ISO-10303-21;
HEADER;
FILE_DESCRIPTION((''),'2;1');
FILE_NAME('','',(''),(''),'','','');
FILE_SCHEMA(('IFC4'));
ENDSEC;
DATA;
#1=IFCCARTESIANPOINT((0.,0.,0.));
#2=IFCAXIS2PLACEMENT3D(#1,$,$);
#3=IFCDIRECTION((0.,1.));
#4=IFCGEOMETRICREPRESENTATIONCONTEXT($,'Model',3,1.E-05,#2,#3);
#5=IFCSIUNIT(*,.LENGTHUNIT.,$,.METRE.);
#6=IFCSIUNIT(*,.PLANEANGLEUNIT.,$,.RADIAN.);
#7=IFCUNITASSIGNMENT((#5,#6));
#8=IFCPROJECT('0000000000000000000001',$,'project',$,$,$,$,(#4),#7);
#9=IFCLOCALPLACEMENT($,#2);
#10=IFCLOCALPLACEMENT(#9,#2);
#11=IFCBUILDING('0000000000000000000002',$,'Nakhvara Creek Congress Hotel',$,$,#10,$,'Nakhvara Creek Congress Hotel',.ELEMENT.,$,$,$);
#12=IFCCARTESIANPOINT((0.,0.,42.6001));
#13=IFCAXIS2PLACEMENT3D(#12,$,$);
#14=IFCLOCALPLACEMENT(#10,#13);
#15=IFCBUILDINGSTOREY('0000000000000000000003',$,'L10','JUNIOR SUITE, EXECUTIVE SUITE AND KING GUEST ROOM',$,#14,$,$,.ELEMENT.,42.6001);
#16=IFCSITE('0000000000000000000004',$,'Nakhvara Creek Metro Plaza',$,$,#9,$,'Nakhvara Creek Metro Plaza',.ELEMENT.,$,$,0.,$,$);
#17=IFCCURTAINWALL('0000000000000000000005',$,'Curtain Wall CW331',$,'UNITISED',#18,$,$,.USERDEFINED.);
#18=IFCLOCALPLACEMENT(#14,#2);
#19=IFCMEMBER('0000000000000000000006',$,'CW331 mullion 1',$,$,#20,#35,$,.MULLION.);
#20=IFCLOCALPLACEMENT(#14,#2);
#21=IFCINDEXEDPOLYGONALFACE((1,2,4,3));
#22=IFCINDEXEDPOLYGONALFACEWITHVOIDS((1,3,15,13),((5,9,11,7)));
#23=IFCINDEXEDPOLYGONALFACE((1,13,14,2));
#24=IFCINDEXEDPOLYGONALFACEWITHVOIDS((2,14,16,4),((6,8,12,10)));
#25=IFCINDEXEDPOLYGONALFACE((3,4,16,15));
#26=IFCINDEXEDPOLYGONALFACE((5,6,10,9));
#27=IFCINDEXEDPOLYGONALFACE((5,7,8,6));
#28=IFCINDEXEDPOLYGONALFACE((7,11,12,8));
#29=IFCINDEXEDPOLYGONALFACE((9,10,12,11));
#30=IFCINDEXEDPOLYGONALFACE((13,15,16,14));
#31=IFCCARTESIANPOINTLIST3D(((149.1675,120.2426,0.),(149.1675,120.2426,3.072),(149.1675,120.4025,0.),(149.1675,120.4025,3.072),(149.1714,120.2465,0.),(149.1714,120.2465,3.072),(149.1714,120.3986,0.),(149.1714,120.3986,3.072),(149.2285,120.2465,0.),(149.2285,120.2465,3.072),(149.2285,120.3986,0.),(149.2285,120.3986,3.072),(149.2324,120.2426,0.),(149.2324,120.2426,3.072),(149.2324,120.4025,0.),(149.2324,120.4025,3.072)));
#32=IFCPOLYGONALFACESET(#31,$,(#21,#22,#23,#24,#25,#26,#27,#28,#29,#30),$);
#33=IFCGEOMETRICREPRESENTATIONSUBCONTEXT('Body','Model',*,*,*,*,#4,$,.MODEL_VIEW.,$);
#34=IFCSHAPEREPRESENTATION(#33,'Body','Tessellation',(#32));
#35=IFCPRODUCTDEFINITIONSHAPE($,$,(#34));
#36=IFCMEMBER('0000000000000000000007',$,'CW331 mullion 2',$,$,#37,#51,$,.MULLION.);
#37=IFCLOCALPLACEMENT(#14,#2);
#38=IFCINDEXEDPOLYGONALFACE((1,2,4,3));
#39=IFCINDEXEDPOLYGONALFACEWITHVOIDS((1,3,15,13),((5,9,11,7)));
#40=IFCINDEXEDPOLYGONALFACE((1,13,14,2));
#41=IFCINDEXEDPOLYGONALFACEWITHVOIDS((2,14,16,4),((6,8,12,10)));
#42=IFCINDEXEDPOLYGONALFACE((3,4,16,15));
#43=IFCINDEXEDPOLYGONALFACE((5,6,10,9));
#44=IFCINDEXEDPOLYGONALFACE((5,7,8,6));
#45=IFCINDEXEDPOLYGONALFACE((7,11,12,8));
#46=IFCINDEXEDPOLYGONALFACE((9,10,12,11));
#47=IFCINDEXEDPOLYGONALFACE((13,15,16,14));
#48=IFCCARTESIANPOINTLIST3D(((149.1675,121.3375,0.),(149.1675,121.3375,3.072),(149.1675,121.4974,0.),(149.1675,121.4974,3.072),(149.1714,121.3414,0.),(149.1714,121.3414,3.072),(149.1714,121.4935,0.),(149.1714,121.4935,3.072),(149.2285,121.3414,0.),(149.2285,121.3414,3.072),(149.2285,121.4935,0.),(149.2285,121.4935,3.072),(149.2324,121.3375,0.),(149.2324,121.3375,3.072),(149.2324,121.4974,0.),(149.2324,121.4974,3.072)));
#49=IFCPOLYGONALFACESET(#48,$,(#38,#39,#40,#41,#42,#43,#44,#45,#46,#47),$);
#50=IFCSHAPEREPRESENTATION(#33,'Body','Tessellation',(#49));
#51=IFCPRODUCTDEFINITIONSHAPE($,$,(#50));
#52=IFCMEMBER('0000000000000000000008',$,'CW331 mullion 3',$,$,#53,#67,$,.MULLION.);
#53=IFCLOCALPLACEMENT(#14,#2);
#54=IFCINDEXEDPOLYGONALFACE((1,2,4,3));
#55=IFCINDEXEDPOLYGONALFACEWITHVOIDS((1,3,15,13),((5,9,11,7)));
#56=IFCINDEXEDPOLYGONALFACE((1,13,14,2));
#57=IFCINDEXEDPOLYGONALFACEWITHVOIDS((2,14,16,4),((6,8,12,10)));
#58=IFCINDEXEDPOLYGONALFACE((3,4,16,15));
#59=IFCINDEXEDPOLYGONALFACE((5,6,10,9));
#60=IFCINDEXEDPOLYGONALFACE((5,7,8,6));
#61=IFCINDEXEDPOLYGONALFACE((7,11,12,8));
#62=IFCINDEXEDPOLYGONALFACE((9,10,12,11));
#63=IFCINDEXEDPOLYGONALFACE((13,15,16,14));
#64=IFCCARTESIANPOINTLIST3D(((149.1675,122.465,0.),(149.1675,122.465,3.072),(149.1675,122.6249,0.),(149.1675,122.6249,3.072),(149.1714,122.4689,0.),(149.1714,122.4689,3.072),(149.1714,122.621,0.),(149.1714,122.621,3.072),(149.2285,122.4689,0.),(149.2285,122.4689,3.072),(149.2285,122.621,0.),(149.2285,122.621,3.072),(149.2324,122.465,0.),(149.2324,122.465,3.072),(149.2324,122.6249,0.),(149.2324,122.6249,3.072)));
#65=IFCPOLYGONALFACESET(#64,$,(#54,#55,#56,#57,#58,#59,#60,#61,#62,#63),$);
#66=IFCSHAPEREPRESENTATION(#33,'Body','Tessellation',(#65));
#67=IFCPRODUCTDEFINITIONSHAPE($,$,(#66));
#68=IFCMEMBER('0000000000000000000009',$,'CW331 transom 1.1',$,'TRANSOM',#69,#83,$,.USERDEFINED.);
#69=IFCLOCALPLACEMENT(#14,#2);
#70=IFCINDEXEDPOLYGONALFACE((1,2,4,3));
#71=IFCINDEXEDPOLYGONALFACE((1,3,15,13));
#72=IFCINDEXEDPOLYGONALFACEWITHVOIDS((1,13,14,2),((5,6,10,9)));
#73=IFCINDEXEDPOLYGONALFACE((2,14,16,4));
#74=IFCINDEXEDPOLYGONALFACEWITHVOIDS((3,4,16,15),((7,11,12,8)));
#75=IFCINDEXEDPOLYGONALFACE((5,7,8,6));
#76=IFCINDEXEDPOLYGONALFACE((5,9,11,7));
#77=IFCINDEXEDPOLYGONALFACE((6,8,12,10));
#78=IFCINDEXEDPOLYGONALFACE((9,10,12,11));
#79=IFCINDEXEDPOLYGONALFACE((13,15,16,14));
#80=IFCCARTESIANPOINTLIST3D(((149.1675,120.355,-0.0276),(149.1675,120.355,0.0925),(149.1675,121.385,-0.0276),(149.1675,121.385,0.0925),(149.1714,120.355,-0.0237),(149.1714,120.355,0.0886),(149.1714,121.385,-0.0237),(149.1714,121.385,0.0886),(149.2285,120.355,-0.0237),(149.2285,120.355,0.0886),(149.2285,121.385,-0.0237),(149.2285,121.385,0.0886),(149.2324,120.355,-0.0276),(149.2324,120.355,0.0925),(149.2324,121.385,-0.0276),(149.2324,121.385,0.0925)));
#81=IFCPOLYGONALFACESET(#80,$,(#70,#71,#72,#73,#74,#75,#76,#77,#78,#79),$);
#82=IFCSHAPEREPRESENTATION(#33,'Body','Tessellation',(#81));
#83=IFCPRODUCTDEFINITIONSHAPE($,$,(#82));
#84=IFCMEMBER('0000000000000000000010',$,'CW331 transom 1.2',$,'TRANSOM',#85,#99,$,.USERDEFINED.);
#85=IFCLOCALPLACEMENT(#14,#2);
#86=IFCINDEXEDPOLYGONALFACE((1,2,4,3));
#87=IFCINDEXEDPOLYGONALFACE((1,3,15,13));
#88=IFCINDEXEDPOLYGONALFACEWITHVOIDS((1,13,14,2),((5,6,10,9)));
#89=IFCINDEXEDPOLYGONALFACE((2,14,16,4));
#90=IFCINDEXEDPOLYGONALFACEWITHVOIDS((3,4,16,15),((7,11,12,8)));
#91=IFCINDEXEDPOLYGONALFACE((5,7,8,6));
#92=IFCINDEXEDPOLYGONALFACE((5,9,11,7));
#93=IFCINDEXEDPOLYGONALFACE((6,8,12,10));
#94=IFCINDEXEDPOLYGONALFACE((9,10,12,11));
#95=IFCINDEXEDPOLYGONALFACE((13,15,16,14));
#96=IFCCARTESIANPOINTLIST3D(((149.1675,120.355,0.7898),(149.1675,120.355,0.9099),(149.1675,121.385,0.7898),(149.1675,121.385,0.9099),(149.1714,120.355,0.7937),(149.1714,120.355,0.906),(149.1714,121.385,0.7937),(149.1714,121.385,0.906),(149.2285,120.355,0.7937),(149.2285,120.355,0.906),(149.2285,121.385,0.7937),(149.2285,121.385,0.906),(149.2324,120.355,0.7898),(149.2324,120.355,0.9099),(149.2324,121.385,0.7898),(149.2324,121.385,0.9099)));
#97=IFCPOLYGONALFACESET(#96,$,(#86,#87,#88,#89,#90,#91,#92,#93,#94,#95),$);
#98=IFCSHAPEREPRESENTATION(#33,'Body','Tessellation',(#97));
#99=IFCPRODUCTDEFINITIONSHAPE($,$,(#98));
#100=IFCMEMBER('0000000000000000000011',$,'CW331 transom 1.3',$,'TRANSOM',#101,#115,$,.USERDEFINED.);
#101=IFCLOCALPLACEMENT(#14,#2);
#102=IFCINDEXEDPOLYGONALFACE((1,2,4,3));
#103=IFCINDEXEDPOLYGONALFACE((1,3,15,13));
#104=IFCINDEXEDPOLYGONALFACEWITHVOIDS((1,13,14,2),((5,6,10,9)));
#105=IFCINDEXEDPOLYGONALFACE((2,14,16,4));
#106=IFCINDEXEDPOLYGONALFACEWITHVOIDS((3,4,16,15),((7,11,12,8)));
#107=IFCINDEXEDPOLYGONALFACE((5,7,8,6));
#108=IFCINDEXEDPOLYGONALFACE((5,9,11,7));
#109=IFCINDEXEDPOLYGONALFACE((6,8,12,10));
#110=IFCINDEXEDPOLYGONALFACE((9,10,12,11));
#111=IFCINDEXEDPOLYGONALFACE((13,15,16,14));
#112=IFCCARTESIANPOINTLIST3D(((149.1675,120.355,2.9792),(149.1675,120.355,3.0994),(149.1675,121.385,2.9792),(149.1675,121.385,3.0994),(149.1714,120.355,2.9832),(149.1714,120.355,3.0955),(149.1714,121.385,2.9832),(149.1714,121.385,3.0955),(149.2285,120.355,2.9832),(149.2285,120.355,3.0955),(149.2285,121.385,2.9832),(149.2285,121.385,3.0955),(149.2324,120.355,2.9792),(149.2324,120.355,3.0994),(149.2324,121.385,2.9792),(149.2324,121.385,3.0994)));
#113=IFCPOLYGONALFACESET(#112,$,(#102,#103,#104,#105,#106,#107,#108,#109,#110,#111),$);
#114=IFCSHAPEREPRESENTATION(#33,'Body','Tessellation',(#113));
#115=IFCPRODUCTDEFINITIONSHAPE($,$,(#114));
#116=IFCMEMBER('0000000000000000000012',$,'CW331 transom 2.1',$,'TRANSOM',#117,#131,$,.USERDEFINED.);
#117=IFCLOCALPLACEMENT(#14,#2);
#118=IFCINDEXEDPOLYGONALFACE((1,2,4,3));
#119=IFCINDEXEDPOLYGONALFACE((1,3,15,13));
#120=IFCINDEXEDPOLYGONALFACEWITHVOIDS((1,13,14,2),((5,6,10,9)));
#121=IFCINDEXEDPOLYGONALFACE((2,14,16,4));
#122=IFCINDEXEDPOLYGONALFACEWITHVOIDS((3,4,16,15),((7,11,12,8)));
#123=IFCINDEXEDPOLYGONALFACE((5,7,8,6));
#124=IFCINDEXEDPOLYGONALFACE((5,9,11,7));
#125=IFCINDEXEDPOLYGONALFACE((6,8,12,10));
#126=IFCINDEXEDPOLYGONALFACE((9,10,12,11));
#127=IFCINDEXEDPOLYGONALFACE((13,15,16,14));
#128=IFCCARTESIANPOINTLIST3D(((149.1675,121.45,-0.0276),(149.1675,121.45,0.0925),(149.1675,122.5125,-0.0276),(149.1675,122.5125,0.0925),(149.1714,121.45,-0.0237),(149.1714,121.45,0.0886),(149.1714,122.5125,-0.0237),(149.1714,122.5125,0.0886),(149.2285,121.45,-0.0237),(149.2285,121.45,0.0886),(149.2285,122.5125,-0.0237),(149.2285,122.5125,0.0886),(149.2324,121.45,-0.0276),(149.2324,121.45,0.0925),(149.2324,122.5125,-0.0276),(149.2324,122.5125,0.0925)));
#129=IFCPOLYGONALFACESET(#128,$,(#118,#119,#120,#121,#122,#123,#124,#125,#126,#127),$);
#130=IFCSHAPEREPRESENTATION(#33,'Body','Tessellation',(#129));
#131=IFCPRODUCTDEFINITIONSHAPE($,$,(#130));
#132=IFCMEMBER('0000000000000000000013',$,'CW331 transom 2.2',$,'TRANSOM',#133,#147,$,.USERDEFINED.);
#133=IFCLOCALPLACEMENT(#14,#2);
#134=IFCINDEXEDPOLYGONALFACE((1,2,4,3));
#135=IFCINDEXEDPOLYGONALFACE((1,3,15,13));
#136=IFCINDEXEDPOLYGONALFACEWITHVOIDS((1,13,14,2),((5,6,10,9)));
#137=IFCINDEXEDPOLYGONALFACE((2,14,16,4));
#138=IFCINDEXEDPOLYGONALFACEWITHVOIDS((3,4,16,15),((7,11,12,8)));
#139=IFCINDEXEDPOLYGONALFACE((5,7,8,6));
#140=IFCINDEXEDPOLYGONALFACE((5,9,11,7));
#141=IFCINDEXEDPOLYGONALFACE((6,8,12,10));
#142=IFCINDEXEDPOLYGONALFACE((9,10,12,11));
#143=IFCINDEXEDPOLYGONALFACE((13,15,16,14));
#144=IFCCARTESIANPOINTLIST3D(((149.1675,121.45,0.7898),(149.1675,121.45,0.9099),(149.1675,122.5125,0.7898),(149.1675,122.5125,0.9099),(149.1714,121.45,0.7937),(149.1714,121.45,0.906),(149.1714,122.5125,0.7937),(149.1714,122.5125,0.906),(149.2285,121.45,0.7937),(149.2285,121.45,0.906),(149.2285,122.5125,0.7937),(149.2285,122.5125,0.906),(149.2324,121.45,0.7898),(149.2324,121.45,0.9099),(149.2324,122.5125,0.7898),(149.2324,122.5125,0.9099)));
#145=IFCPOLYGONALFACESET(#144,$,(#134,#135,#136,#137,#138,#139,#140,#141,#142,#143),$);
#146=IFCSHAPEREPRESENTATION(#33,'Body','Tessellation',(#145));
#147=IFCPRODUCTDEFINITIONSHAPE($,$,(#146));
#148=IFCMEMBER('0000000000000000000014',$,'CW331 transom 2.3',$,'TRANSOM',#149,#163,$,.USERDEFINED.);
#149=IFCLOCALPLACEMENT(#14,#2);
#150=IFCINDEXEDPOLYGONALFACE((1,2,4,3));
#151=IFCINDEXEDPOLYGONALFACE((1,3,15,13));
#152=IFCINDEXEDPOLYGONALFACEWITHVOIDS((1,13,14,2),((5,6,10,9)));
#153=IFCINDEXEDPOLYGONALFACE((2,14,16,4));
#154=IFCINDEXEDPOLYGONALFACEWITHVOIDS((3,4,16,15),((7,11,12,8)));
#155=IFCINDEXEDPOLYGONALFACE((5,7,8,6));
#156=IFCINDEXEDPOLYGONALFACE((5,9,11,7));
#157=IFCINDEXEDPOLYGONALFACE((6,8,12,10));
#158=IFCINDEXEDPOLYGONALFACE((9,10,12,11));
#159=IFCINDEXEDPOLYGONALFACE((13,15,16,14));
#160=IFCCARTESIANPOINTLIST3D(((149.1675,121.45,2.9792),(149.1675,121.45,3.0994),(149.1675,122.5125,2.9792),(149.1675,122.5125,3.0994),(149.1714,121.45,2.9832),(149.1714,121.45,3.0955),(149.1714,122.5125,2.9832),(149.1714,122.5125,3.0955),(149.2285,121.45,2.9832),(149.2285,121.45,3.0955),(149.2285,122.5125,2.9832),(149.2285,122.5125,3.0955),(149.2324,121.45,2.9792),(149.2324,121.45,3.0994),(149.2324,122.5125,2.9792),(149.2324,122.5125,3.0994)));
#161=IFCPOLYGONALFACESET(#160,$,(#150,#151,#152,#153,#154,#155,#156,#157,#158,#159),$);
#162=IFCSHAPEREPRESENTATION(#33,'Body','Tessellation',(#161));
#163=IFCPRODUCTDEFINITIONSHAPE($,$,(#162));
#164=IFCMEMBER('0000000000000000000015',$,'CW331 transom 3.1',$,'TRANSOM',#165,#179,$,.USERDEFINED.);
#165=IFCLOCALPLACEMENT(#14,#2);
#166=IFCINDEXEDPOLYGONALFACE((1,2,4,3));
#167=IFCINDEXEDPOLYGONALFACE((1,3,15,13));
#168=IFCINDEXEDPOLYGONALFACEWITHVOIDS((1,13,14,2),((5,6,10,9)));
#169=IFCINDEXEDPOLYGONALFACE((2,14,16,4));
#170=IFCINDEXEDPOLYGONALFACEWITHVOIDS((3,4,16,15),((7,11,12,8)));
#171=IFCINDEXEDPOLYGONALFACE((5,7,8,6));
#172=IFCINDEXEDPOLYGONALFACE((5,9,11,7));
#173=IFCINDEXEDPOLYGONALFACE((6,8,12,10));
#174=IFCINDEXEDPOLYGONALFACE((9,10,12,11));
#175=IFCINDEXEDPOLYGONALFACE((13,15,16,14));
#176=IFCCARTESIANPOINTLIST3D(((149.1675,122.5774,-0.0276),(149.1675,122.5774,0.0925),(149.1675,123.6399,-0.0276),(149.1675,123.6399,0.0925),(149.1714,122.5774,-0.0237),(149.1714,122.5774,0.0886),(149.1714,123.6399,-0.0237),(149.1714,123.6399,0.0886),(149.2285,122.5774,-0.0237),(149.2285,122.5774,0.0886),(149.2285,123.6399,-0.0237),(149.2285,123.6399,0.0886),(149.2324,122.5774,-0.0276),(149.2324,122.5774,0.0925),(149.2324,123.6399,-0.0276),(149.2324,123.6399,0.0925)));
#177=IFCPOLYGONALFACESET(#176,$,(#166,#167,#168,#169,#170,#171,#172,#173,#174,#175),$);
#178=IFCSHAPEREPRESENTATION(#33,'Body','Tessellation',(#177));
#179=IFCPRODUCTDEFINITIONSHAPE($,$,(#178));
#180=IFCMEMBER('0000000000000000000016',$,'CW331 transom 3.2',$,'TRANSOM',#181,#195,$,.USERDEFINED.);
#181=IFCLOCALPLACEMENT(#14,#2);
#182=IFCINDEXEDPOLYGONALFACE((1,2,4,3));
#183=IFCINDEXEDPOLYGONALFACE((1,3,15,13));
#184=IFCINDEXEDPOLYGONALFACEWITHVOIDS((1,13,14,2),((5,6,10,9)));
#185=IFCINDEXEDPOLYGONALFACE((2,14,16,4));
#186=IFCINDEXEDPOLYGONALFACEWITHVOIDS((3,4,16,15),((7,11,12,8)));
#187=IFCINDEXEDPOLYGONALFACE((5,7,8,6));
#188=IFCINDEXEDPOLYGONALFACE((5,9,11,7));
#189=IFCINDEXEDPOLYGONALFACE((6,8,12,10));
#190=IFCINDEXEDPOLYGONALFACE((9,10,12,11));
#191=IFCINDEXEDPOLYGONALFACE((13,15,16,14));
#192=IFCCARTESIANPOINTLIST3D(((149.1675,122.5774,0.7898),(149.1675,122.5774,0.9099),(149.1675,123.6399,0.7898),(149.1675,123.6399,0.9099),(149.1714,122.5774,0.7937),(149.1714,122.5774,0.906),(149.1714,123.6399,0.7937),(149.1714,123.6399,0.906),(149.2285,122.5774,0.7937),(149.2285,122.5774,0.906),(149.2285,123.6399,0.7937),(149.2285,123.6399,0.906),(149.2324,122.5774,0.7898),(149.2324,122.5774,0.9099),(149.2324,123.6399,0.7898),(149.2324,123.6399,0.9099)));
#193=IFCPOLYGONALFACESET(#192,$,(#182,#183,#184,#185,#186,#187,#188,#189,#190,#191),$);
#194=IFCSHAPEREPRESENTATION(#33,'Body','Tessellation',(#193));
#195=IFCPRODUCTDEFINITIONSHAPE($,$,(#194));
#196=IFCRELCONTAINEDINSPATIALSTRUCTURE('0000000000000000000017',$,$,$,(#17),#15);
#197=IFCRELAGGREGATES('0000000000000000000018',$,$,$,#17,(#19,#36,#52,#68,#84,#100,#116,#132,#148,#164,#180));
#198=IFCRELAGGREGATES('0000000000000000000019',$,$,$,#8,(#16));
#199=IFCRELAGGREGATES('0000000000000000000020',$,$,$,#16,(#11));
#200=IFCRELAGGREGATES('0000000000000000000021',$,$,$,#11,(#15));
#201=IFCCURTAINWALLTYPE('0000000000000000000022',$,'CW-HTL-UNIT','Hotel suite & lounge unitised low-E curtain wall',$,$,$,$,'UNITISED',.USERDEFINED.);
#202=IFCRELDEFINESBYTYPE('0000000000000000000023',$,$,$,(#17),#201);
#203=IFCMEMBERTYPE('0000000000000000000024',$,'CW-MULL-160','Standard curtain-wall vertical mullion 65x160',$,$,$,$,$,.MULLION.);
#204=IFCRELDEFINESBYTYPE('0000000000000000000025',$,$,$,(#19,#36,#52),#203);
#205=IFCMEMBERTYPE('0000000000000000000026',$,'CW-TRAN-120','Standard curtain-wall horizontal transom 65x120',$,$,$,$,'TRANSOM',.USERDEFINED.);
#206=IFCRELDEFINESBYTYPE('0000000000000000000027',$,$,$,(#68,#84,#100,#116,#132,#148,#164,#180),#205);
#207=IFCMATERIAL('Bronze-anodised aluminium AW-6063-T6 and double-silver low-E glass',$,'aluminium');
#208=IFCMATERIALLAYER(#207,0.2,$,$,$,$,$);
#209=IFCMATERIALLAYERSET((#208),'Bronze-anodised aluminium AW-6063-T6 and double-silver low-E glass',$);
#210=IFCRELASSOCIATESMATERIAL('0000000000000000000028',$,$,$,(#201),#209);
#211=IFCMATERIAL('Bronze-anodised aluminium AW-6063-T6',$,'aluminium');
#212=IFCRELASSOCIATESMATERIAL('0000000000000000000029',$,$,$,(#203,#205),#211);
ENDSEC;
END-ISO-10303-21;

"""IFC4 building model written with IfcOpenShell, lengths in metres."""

from ifc_helpers import new_model, si_unit, direction, frame, origin, origin_2d, place, context, subcontext, project, spatial, hollow_rectangle, extrude, material, layer, layer_set, material_profile, profile_set, type_object, element, aggregate, save


model = new_model("IFC4")

# Units and contexts
model_context = context("Model", 3, precision=1e-05, world=origin(), true_north=direction((0.0, 1.0)))
body_context = subcontext(model_context, "Body", "Model", "MODEL_VIEW")
ifc_project = project(units=[si_unit("LENGTHUNIT", "METRE"), si_unit("PLANEANGLEUNIT", "RADIAN")], contexts=[model_context])

# Site, building, storey
site_placement = place(None, origin())
site = spatial("IfcSite", under=ifc_project, at=site_placement, Name="Nakhvara Creek Metro Plaza", LongName="Nakhvara Creek Metro Plaza", CompositionType="ELEMENT", RefElevation=0.0)
building_placement = place(site_placement, origin())
building = spatial("IfcBuilding", under=site, at=building_placement, Name="Nakhvara Creek Congress Hotel", LongName="Nakhvara Creek Congress Hotel", CompositionType="ELEMENT")
storey_placement = place(building_placement, frame((0.0, 0.0, 42.6001)))
storey = spatial("IfcBuildingStorey", under=building, at=storey_placement, Name="L10", Description="JUNIOR SUITE, EXECUTIVE SUITE AND KING GUEST ROOM", CompositionType="ELEMENT", Elevation=42.6001)

# Curtain wall, members
ifc_material_1 = material(Name="Bronze-anodised aluminium AW-6063-T6 and double-silver low-E glass", Category="aluminium")
ifc_layer = layer(ifc_material_1, 0.2)
ifc_layer_set = layer_set([ifc_layer], Name="Bronze-anodised aluminium AW-6063-T6 and double-silver low-E glass")
curtain_wall_type = type_object("IfcCurtainWallType", Name="CW-HTL-UNIT", Description="Hotel suite & lounge unitised low-E curtain wall", ElementType="UNITISED", PredefinedType="USERDEFINED", material=ifc_layer_set)
curtain_wall_placement = place(storey_placement, origin())
curtain_wall = element("IfcCurtainWall", 1, at=curtain_wall_placement, inside=storey, type_object=curtain_wall_type, Name="Curtain Wall CW331", ObjectType="UNITISED", PredefinedType="USERDEFINED")
ifc_material_2 = material(Name="Bronze-anodised aluminium AW-6063-T6", Category="aluminium")
ifc_material_profile_1 = material_profile(ifc_material_2, hollow_rectangle(XDim=0.0649, YDim=0.1599, WallThickness=0.0039, at=origin_2d()), Name="ALU-MULL 65x160x4", Category="LoadBearing")
ifc_profile_set_1 = profile_set([ifc_material_profile_1], Name="Bronze-anodised aluminium AW-6063-T6")
member_type_1 = type_object("IfcMemberType", Name="CW-MULL-160", Description="Standard curtain-wall vertical mullion 65x160", PredefinedType="MULLION", material=ifc_profile_set_1)
member_1_placement = place(storey_placement, frame((149.2, 120.3225, 0.0), z_axis=(0.0, 0.0, 1.0), x_axis=(-1.0, 0.0, 0.0)))
member_1 = element("IfcMember", 2, at=member_1_placement, type_object=member_type_1, Name="CW331 mullion 1", PredefinedType="MULLION", context=body_context, shape_type="SweptSolid", body=[
    extrude(hollow_rectangle(XDim=0.0649, YDim=0.1599, WallThickness=0.0039, at=origin_2d()), origin(), (0.0, 0.0, 1.0), 3.072),
])
member_2_placement = place(storey_placement, frame((149.2, 121.4175, 0.0), z_axis=(0.0, 0.0, 1.0), x_axis=(-1.0, 0.0, 0.0)))
member_2 = element("IfcMember", 3, at=member_2_placement, type_object=member_type_1, Name="CW331 mullion 2", PredefinedType="MULLION", context=body_context, shape_type="SweptSolid", body=[
    extrude(hollow_rectangle(XDim=0.0649, YDim=0.1599, WallThickness=0.0039, at=origin_2d()), origin(), (0.0, 0.0, 1.0), 3.072),
])
member_3_placement = place(storey_placement, frame((149.2, 122.5449, 0.0), z_axis=(0.0, 0.0, 1.0), x_axis=(-1.0, 0.0, 0.0)))
member_3 = element("IfcMember", 4, at=member_3_placement, type_object=member_type_1, Name="CW331 mullion 3", PredefinedType="MULLION", context=body_context, shape_type="SweptSolid", body=[
    extrude(hollow_rectangle(XDim=0.0649, YDim=0.1599, WallThickness=0.0039, at=origin_2d()), origin(), (0.0, 0.0, 1.0), 3.072),
])
ifc_material_profile_2 = material_profile(ifc_material_2, hollow_rectangle(XDim=0.0649, YDim=0.1201, WallThickness=0.0039, at=origin_2d()), Name="ALU-TRAN 65x120x4", Category="LoadBearing")
ifc_profile_set_2 = profile_set([ifc_material_profile_2], Name="Bronze-anodised aluminium AW-6063-T6")
member_type_2 = type_object("IfcMemberType", Name="CW-TRAN-120", Description="Standard curtain-wall horizontal transom 65x120", ElementType="TRANSOM", PredefinedType="USERDEFINED", material=ifc_profile_set_2)
member_4_placement = place(storey_placement, frame((149.2, 120.355, 0.0325), z_axis=(0.0, 1.0, 0.0), x_axis=(-1.0, 0.0, 0.0)))
member_4 = element("IfcMember", 5, at=member_4_placement, type_object=member_type_2, Name="CW331 transom 1.1", ObjectType="TRANSOM", PredefinedType="USERDEFINED", context=body_context, shape_type="SweptSolid", body=[
    extrude(hollow_rectangle(XDim=0.0649, YDim=0.1201, WallThickness=0.0039, at=origin_2d()), origin(), (0.0, 0.0, 1.0), 1.03),
])
member_5_placement = place(storey_placement, frame((149.2, 120.355, 0.8499), z_axis=(0.0, 1.0, 0.0), x_axis=(-1.0, 0.0, 0.0)))
member_5 = element("IfcMember", 6, at=member_5_placement, type_object=member_type_2, Name="CW331 transom 1.2", ObjectType="TRANSOM", PredefinedType="USERDEFINED", context=body_context, shape_type="SweptSolid", body=[
    extrude(hollow_rectangle(XDim=0.0649, YDim=0.1201, WallThickness=0.0039, at=origin_2d()), origin(), (0.0, 0.0, 1.0), 1.03),
])
member_6_placement = place(storey_placement, frame((149.2, 120.355, 3.0393), z_axis=(0.0, 1.0, 0.0), x_axis=(-1.0, 0.0, 0.0)))
member_6 = element("IfcMember", 7, at=member_6_placement, type_object=member_type_2, Name="CW331 transom 1.3", ObjectType="TRANSOM", PredefinedType="USERDEFINED", context=body_context, shape_type="SweptSolid", body=[
    extrude(hollow_rectangle(XDim=0.0649, YDim=0.1201, WallThickness=0.0039, at=origin_2d()), origin(), (0.0, 0.0, 1.0), 1.03),
])
member_7_placement = place(storey_placement, frame((149.2, 121.45, 0.0325), z_axis=(0.0, 1.0, 0.0), x_axis=(-1.0, 0.0, 0.0)))
member_7 = element("IfcMember", 8, at=member_7_placement, type_object=member_type_2, Name="CW331 transom 2.1", ObjectType="TRANSOM", PredefinedType="USERDEFINED", context=body_context, shape_type="SweptSolid", body=[
    extrude(hollow_rectangle(XDim=0.0649, YDim=0.1201, WallThickness=0.0039, at=origin_2d()), origin(), (0.0, 0.0, 1.0), 1.0625),
])
member_8_placement = place(storey_placement, frame((149.2, 121.45, 0.8499), z_axis=(0.0, 1.0, 0.0), x_axis=(-1.0, 0.0, 0.0)))
member_8 = element("IfcMember", 9, at=member_8_placement, type_object=member_type_2, Name="CW331 transom 2.2", ObjectType="TRANSOM", PredefinedType="USERDEFINED", context=body_context, shape_type="SweptSolid", body=[
    extrude(hollow_rectangle(XDim=0.0649, YDim=0.1201, WallThickness=0.0039, at=origin_2d()), origin(), (0.0, 0.0, 1.0), 1.0625),
])
member_9_placement = place(storey_placement, frame((149.2, 121.45, 3.0393), z_axis=(0.0, 1.0, 0.0), x_axis=(-1.0, 0.0, 0.0)))
member_9 = element("IfcMember", 10, at=member_9_placement, type_object=member_type_2, Name="CW331 transom 2.3", ObjectType="TRANSOM", PredefinedType="USERDEFINED", context=body_context, shape_type="SweptSolid", body=[
    extrude(hollow_rectangle(XDim=0.0649, YDim=0.1201, WallThickness=0.0039, at=origin_2d()), origin(), (0.0, 0.0, 1.0), 1.0625),
])
member_10_placement = place(storey_placement, frame((149.2, 122.5774, 0.0325), z_axis=(0.0, 1.0, 0.0), x_axis=(-1.0, 0.0, 0.0)))
member_10 = element("IfcMember", 11, at=member_10_placement, type_object=member_type_2, Name="CW331 transom 3.1", ObjectType="TRANSOM", PredefinedType="USERDEFINED", context=body_context, shape_type="SweptSolid", body=[
    extrude(hollow_rectangle(XDim=0.0649, YDim=0.1201, WallThickness=0.0039, at=origin_2d()), origin(), (0.0, 0.0, 1.0), 1.0625),
])
member_11_placement = place(storey_placement, frame((149.2, 122.5774, 0.8499), z_axis=(0.0, 1.0, 0.0), x_axis=(-1.0, 0.0, 0.0)))
member_11 = element("IfcMember", 12, at=member_11_placement, type_object=member_type_2, Name="CW331 transom 3.2", ObjectType="TRANSOM", PredefinedType="USERDEFINED", context=body_context, shape_type="SweptSolid", body=[
    extrude(hollow_rectangle(XDim=0.0649, YDim=0.1201, WallThickness=0.0039, at=origin_2d()), origin(), (0.0, 0.0, 1.0), 1.0625),
])
aggregate(curtain_wall, [member_1, member_2, member_3, member_4, member_5, member_6, member_7, member_8, member_9, member_10, member_11])

save(model, "model.ifc")
